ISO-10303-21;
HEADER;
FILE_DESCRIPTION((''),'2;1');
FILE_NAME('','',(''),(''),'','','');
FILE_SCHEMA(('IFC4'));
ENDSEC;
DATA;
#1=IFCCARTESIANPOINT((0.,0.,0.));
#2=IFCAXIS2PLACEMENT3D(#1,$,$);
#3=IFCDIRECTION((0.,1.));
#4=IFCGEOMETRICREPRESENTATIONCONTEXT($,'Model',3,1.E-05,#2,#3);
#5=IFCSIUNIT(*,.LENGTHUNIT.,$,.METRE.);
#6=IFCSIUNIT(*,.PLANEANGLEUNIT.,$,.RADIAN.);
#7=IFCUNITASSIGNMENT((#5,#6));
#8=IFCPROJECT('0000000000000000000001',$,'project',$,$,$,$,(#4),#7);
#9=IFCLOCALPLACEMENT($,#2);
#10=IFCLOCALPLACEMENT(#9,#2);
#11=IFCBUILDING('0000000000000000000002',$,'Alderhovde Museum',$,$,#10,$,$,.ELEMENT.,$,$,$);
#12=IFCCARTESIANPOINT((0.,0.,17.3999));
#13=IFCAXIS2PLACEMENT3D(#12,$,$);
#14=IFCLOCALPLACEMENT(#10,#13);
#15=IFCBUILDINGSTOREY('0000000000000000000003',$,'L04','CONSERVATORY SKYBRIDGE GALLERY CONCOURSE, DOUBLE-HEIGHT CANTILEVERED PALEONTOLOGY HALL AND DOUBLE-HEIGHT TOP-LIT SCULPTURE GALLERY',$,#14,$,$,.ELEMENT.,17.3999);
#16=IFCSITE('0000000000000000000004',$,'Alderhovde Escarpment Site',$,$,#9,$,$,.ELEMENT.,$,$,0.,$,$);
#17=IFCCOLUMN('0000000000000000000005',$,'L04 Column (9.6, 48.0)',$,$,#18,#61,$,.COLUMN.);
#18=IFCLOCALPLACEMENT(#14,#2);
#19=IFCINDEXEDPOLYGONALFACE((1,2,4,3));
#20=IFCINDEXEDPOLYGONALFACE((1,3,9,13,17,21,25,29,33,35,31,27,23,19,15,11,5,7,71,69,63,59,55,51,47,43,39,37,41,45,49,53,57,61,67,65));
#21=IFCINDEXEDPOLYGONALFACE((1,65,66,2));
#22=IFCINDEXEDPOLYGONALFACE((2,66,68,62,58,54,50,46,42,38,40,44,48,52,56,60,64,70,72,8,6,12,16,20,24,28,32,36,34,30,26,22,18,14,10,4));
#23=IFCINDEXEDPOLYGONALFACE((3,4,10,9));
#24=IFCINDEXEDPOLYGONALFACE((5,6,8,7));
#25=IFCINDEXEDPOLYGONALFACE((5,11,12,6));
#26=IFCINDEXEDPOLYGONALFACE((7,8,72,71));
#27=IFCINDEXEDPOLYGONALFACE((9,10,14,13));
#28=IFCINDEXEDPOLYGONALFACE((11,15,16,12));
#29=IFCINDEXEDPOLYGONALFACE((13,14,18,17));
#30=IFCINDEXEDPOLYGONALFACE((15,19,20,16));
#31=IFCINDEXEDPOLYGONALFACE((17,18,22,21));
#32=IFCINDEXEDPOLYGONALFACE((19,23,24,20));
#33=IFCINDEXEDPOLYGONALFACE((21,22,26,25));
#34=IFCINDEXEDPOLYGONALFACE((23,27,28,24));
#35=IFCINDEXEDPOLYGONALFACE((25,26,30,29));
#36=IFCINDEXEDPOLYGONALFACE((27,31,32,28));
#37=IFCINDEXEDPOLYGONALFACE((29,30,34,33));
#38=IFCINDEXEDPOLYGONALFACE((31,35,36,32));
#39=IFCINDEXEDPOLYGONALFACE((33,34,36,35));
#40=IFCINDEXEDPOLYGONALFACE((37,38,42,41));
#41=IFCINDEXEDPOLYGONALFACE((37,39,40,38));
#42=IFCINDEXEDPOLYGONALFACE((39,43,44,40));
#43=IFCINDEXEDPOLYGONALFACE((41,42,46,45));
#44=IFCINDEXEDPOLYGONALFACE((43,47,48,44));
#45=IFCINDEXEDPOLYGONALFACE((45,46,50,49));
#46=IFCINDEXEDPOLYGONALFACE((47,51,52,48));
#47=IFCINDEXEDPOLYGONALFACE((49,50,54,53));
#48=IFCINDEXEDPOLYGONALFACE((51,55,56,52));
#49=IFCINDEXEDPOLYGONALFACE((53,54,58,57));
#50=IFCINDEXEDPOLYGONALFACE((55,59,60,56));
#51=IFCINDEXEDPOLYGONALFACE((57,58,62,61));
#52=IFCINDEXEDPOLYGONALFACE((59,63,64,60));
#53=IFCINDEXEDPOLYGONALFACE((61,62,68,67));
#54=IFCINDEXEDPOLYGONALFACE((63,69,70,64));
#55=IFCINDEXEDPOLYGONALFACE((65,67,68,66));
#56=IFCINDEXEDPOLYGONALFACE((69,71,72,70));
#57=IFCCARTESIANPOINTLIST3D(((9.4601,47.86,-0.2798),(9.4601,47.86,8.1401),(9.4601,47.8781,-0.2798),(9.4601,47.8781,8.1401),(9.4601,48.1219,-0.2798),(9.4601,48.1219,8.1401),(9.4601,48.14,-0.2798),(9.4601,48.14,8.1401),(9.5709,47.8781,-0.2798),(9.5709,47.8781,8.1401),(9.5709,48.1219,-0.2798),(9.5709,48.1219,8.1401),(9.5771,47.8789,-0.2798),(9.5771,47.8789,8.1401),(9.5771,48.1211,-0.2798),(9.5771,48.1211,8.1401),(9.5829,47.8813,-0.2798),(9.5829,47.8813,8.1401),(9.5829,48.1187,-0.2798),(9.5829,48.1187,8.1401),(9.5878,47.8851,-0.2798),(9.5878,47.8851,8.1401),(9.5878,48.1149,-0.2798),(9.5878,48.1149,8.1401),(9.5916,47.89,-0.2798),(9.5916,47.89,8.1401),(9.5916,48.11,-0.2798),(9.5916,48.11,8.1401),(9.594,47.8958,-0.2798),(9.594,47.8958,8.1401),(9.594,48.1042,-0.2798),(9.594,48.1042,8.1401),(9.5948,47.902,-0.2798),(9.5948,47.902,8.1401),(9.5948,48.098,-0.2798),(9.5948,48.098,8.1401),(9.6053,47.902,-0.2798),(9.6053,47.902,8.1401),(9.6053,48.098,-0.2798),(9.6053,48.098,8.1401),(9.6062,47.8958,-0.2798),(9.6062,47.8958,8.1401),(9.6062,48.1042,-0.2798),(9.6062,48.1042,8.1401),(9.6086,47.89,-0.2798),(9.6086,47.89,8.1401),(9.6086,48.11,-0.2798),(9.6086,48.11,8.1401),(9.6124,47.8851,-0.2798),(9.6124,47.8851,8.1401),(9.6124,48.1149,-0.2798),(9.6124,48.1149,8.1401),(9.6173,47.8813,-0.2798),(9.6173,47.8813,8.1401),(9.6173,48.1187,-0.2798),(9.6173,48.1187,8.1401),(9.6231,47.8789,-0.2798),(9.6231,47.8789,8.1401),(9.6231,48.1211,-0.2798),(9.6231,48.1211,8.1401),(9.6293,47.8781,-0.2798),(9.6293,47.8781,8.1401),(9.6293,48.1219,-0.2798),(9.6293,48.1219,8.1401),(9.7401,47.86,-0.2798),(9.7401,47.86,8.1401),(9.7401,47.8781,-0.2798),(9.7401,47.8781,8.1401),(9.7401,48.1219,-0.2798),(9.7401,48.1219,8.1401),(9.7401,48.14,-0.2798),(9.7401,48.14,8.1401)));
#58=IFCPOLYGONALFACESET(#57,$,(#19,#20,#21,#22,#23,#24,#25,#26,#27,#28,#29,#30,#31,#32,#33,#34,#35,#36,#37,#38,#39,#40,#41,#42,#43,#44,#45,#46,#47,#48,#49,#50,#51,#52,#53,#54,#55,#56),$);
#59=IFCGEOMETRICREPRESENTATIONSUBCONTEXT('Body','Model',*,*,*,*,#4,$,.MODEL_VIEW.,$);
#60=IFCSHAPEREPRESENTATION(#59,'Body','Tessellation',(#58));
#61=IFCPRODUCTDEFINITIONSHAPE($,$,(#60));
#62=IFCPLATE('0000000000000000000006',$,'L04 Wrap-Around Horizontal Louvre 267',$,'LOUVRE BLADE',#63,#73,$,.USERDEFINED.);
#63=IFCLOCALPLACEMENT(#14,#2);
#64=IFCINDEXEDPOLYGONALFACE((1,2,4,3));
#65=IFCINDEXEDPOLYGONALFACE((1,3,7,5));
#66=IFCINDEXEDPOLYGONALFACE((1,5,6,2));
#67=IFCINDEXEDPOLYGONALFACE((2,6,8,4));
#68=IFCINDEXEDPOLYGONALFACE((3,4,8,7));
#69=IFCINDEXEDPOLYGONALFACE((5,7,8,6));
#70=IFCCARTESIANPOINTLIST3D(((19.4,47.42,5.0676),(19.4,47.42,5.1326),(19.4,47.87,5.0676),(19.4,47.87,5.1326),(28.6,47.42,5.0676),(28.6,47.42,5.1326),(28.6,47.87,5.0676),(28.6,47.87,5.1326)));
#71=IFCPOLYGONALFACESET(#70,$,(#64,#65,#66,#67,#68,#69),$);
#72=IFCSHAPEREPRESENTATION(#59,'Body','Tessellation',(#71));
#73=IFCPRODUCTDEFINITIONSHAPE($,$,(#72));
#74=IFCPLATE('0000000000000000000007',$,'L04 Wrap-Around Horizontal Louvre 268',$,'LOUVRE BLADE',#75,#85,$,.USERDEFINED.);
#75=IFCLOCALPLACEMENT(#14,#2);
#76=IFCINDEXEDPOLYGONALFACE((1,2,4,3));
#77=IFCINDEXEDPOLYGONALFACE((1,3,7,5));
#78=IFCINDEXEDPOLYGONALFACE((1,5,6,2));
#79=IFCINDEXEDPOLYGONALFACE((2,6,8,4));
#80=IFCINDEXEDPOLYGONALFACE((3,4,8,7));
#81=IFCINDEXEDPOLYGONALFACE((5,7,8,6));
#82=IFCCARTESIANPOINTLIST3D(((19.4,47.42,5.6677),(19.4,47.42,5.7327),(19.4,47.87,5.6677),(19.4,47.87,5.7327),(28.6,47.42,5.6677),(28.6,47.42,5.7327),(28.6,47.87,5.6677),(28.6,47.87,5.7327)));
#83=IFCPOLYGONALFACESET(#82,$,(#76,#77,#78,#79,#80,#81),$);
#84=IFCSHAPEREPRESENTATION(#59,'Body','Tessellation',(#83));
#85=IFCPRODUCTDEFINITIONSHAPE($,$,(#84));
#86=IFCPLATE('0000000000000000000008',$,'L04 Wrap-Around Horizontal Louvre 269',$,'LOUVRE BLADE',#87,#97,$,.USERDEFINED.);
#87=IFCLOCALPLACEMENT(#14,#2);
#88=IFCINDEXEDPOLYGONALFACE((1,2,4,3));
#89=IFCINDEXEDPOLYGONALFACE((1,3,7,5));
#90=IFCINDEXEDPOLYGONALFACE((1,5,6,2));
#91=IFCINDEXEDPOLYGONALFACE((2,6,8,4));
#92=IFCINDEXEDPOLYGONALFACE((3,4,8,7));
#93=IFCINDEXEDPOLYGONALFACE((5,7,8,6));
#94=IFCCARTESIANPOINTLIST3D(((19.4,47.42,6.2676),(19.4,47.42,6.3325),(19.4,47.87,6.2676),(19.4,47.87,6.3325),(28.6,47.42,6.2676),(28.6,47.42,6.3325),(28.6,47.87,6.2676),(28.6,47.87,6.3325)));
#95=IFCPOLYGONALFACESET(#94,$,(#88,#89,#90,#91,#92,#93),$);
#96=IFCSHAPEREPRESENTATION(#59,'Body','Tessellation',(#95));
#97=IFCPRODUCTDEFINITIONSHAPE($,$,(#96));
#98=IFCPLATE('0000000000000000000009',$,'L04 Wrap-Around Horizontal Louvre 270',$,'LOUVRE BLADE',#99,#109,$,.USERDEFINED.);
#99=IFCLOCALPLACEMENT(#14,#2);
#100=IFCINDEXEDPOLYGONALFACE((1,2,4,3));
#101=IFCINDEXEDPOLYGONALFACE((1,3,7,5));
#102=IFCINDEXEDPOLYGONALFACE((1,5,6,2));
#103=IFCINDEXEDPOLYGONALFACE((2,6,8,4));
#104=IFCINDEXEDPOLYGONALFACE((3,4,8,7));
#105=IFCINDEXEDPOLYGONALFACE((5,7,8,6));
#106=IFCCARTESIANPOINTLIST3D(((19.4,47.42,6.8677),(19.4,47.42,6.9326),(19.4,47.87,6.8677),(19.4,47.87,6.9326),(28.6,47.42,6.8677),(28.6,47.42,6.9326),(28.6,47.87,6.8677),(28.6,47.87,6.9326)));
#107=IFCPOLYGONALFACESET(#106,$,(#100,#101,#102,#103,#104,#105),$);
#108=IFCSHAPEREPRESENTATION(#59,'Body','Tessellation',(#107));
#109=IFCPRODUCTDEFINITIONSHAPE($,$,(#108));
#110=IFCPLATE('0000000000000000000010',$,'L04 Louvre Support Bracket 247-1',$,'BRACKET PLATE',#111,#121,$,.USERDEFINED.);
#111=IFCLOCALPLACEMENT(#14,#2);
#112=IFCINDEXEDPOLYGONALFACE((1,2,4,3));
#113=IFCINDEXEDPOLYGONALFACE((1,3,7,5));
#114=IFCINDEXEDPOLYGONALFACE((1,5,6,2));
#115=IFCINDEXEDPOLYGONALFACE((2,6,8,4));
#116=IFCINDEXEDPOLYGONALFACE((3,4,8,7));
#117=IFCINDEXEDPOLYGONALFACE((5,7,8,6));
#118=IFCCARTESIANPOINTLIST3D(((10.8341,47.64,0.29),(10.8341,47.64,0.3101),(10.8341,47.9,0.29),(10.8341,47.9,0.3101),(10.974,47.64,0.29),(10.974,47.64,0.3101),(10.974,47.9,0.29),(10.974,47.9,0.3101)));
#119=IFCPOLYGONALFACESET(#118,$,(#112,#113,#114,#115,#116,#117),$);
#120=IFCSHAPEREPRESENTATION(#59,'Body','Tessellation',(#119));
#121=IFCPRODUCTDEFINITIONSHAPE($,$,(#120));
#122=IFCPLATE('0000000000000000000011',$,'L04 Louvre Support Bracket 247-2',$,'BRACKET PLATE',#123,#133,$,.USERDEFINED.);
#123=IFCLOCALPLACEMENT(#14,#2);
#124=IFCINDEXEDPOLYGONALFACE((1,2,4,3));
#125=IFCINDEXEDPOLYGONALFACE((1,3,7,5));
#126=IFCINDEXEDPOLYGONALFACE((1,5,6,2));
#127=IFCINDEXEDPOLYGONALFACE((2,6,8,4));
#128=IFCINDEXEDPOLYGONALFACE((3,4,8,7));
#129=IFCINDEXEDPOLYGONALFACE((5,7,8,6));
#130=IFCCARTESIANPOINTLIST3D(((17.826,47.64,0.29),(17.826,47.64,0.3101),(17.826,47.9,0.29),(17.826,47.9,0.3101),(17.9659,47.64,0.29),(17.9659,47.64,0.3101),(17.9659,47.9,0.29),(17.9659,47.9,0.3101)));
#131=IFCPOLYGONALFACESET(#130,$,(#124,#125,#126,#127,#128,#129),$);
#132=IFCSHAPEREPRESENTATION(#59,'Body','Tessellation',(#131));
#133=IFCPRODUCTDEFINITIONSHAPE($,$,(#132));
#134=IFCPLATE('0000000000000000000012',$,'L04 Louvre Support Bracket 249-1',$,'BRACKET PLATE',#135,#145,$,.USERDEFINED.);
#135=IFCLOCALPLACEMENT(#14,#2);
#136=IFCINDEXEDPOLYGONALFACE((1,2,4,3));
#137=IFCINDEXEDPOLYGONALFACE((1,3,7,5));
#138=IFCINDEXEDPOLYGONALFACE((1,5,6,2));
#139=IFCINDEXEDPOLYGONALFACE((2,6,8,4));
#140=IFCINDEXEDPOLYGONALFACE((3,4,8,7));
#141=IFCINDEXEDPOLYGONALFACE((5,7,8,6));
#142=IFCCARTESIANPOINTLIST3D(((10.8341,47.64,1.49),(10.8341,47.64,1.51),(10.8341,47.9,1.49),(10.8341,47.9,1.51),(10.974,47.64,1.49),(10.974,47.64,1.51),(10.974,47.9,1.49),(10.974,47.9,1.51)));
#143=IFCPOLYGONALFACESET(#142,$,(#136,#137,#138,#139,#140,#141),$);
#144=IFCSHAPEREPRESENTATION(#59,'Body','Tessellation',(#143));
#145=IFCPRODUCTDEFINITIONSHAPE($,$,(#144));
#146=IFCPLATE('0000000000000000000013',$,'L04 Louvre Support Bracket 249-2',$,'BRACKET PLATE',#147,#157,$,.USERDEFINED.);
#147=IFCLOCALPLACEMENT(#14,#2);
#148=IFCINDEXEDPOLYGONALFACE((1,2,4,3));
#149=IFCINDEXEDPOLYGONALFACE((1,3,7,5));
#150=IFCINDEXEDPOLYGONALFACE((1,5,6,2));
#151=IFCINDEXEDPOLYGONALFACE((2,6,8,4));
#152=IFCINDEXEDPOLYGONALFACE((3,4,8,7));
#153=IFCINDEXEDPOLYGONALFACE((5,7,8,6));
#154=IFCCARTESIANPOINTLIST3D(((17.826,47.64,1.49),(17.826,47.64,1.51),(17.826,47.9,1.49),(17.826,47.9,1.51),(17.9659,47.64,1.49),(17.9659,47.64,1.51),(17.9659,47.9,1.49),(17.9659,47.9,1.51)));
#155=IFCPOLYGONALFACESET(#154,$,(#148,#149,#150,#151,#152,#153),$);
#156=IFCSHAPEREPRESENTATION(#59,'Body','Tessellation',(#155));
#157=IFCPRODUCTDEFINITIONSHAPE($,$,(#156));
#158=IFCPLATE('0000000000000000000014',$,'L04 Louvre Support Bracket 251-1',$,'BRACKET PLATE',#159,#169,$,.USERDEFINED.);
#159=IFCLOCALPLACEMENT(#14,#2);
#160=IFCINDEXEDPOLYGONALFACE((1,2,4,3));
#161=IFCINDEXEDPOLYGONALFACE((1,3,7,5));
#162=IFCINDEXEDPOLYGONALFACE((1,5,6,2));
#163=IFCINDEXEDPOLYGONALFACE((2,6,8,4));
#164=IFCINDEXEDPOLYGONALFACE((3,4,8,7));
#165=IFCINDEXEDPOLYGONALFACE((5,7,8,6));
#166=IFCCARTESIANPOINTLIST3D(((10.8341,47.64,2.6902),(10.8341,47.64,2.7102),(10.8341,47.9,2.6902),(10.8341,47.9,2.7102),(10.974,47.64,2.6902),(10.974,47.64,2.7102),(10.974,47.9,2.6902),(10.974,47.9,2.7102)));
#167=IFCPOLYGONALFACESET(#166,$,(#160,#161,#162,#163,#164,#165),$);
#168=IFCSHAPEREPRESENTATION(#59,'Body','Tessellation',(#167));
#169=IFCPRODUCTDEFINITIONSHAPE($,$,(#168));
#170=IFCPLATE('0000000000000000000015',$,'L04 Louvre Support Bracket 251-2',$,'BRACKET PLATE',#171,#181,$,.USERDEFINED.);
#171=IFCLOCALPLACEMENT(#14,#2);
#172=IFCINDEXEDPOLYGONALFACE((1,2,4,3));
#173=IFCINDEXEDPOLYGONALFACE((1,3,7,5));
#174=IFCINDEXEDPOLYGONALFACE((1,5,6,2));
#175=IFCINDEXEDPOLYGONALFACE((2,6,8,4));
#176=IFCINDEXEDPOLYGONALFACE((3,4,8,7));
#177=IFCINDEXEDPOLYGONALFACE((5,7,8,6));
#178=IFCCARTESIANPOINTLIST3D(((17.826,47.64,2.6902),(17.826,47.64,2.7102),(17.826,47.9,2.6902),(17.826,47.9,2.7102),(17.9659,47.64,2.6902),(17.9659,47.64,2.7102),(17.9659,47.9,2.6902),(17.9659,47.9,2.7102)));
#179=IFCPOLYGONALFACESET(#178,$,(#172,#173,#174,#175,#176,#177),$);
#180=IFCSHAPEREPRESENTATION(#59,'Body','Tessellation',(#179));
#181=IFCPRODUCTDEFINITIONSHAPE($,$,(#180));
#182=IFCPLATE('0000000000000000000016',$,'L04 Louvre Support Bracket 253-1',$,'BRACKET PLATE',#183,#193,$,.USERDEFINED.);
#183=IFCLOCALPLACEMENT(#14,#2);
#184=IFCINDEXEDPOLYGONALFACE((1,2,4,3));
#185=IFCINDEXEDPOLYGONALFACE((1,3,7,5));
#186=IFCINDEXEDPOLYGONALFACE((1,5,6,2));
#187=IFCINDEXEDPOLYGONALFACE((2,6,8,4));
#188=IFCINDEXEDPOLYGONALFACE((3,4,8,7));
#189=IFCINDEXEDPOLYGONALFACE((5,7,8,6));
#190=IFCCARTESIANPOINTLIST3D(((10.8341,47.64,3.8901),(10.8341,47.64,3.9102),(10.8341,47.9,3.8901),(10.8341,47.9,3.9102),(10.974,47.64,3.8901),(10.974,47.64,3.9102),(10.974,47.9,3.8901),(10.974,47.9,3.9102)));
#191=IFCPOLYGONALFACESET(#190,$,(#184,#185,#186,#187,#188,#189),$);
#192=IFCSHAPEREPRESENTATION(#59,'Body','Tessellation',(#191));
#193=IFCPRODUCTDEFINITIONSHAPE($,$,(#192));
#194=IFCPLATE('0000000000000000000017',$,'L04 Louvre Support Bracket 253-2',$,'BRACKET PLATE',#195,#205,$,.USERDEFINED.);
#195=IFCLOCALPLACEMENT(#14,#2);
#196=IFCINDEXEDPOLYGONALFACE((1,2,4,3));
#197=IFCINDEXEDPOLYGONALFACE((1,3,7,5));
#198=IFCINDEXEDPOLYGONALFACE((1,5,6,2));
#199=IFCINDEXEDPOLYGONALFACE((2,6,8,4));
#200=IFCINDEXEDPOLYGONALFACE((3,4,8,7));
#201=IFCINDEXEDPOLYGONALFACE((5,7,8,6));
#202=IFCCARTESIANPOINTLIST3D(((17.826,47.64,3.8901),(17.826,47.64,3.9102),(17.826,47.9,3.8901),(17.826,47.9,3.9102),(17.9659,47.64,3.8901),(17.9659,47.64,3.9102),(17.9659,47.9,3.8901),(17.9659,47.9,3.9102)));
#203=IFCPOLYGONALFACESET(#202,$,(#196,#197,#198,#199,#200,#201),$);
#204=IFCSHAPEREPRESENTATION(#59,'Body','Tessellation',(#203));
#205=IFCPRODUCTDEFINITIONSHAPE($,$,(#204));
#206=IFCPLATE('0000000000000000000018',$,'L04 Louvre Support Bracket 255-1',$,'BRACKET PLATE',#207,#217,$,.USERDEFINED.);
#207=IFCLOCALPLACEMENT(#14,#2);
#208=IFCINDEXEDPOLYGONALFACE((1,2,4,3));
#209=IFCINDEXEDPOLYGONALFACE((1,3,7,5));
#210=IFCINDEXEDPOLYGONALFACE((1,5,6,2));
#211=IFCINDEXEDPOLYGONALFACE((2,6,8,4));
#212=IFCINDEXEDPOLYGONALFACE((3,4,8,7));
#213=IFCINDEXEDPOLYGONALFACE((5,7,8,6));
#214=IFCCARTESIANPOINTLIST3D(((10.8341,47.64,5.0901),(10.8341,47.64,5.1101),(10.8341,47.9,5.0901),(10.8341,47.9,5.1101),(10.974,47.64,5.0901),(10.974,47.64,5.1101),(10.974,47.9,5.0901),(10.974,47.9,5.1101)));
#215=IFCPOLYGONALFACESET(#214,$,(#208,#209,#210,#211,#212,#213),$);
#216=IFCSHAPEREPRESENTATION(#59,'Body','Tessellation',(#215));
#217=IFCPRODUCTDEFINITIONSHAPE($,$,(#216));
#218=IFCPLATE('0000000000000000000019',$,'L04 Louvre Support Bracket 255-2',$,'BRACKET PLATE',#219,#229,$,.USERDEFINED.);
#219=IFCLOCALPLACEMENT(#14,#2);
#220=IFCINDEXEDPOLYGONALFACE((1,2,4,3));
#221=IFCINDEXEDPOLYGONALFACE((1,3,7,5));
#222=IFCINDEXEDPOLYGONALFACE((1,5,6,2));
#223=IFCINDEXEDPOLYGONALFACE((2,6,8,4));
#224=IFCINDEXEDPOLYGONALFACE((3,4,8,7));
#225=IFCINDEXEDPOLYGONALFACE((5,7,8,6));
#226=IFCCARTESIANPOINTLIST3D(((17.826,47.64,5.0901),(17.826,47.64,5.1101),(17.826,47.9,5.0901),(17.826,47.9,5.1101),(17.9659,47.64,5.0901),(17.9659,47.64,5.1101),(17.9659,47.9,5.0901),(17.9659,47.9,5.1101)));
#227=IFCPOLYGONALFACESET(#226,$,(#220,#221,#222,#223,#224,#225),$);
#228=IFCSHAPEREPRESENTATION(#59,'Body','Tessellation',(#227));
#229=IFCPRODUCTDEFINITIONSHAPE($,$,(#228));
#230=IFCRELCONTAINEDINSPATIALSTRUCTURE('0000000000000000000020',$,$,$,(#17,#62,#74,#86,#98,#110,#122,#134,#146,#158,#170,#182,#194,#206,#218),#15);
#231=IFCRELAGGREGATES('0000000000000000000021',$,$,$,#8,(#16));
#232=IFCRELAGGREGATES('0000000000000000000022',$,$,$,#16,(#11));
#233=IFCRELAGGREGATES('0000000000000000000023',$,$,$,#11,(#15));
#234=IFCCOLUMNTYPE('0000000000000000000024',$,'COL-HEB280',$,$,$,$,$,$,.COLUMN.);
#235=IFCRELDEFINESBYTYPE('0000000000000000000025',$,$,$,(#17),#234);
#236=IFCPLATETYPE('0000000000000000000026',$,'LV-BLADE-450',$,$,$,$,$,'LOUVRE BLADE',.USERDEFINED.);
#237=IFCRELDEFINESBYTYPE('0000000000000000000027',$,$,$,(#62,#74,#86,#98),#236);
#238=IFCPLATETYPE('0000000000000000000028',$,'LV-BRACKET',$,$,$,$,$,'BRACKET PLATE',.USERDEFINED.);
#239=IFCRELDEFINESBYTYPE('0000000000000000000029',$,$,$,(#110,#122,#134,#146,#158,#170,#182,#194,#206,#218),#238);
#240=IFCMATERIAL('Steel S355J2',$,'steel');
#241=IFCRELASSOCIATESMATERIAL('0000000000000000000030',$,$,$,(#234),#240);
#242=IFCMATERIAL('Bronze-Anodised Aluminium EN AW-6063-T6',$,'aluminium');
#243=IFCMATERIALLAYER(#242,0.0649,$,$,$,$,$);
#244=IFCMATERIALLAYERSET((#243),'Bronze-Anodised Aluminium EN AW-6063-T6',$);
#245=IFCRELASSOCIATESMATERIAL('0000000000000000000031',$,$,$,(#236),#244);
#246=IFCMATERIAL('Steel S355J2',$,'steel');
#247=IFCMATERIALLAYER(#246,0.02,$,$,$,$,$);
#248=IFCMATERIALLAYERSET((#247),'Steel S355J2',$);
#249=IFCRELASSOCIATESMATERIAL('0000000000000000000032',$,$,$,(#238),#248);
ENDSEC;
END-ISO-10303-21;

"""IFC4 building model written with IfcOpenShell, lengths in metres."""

from ifc_helpers import new_model, si_unit, direction, frame, origin, origin_2d, place, context, subcontext, project, spatial, rectangle, i_section, extrude, material, layer, layer_set, material_profile, profile_set, type_object, element, save


model = new_model("IFC4")

# Units and contexts
model_context = context("Model", 3, precision=1e-05, world=origin(), true_north=direction((0.0, 1.0)))
body_context = subcontext(model_context, "Body", "Model", "MODEL_VIEW")
ifc_project = project(units=[si_unit("LENGTHUNIT", "METRE"), si_unit("PLANEANGLEUNIT", "RADIAN")], contexts=[model_context])

# Site, building, storey
site_placement = place(None, origin())
site = spatial("IfcSite", under=ifc_project, at=site_placement, Name="Alderhovde Escarpment Site", CompositionType="ELEMENT", RefElevation=0.0)
building_placement = place(site_placement, origin())
building = spatial("IfcBuilding", under=site, at=building_placement, Name="Alderhovde Museum", CompositionType="ELEMENT")
storey_placement = place(building_placement, frame((0.0, 0.0, 17.3999)))
storey = spatial("IfcBuildingStorey", under=building, at=storey_placement, Name="L04", Description="CONSERVATORY SKYBRIDGE GALLERY CONCOURSE, DOUBLE-HEIGHT CANTILEVERED PALEONTOLOGY HALL AND DOUBLE-HEIGHT TOP-LIT SCULPTURE GALLERY", CompositionType="ELEMENT", Elevation=17.3999)

# Column
ifc_material_1 = material(Name="Steel S355J2", Category="steel")
ifc_material_profile = material_profile(ifc_material_1, i_section(OverallWidth=0.28, OverallDepth=0.28, WebThickness=0.0105, FlangeThickness=0.0181, FilletRadius=0.0239, at=origin_2d()), Name="HEB 280")
ifc_profile_set = profile_set([ifc_material_profile], Name="Steel S355J2")
column_type = type_object("IfcColumnType", Name="COL-HEB280", PredefinedType="COLUMN", material=ifc_profile_set)
column_placement = place(storey_placement, frame((9.6001, 48.0, -0.2798), z_axis=(0.0, 0.0, 1.0), x_axis=(1.0, 0.0, 0.0)))
element("IfcColumn", 1, at=column_placement, inside=storey, type_object=column_type, Name="L04 Column (9.6, 48.0)", PredefinedType="COLUMN", context=body_context, shape_type="SweptSolid", body=[
    extrude(i_section(OverallWidth=0.28, OverallDepth=0.28, WebThickness=0.0105, FlangeThickness=0.0181, FilletRadius=0.0239, at=origin_2d()), origin(), (0.0, 0.0, 1.0), 8.4199),
])

# Plates
ifc_material_2 = material(Name="Bronze-Anodised Aluminium EN AW-6063-T6", Category="aluminium")
ifc_layer_1 = layer(ifc_material_2, 0.0649)
ifc_layer_set_1 = layer_set([ifc_layer_1], Name="Bronze-Anodised Aluminium EN AW-6063-T6")
plate_type_1 = type_object("IfcPlateType", Name="LV-BLADE-450", ElementType="LOUVRE BLADE", PredefinedType="USERDEFINED", material=ifc_layer_set_1)
for number, where, z_axis, x_axis, name in (
    (2, (24.0, 47.645, 5.0676), (0.0, 0.0, 1.0), (1.0, 0.0, 0.0), "L04 Wrap-Around Horizontal Louvre 267"),
    (3, (24.0, 47.645, 5.6677), (0.0, 0.0, 1.0), (1.0, 0.0, 0.0), "L04 Wrap-Around Horizontal Louvre 268"),
    (4, (24.0, 47.645, 6.2676), (0.0, 0.0, 1.0), (1.0, 0.0, 0.0), "L04 Wrap-Around Horizontal Louvre 269"),
    (5, (24.0, 47.645, 6.8677), (0.0, 0.0, 1.0), (1.0, 0.0, 0.0), "L04 Wrap-Around Horizontal Louvre 270"),
):
    element("IfcPlate", number, at=place(storey_placement, frame(where, z_axis=z_axis, x_axis=x_axis)), inside=storey, type_object=plate_type_1, Name=name, ObjectType="LOUVRE BLADE", PredefinedType="USERDEFINED", context=body_context, shape_type="SweptSolid", body=[
        extrude(rectangle(XDim=9.2, YDim=0.45, at=origin_2d()), origin(), (0.0, 0.0, 1.0), 0.0649),
    ])
ifc_material_3 = material(Name="Steel S355J2", Category="steel")
ifc_layer_2 = layer(ifc_material_3, 0.02)
ifc_layer_set_2 = layer_set([ifc_layer_2], Name="Steel S355J2")
plate_type_2 = type_object("IfcPlateType", Name="LV-BRACKET", ElementType="BRACKET PLATE", PredefinedType="USERDEFINED", material=ifc_layer_set_2)
for number, where, z_axis, x_axis, name in (
    (6, (10.9041, 47.77, 0.29), (0.0, 0.0, 1.0), (1.0, 0.0, 0.0), "L04 Louvre Support Bracket 247-1"),
    (7, (17.896, 47.77, 0.29), (0.0, 0.0, 1.0), (1.0, 0.0, 0.0), "L04 Louvre Support Bracket 247-2"),
    (8, (10.9041, 47.77, 1.49), (0.0, 0.0, 1.0), (1.0, 0.0, 0.0), "L04 Louvre Support Bracket 249-1"),
    (9, (17.896, 47.77, 1.49), (0.0, 0.0, 1.0), (1.0, 0.0, 0.0), "L04 Louvre Support Bracket 249-2"),
    (10, (10.9041, 47.77, 2.6902), (0.0, 0.0, 1.0), (1.0, 0.0, 0.0), "L04 Louvre Support Bracket 251-1"),
    (11, (17.896, 47.77, 2.6902), (0.0, 0.0, 1.0), (1.0, 0.0, 0.0), "L04 Louvre Support Bracket 251-2"),
    (12, (10.9041, 47.77, 3.8901), (0.0, 0.0, 1.0), (1.0, 0.0, 0.0), "L04 Louvre Support Bracket 253-1"),
    (13, (17.896, 47.77, 3.8901), (0.0, 0.0, 1.0), (1.0, 0.0, 0.0), "L04 Louvre Support Bracket 253-2"),
    (14, (10.9041, 47.77, 5.0901), (0.0, 0.0, 1.0), (1.0, 0.0, 0.0), "L04 Louvre Support Bracket 255-1"),
    (15, (17.896, 47.77, 5.0901), (0.0, 0.0, 1.0), (1.0, 0.0, 0.0), "L04 Louvre Support Bracket 255-2"),
):
    element("IfcPlate", number, at=place(storey_placement, frame(where, z_axis=z_axis, x_axis=x_axis)), inside=storey, type_object=plate_type_2, Name=name, ObjectType="BRACKET PLATE", PredefinedType="USERDEFINED", context=body_context, shape_type="SweptSolid", body=[
        extrude(rectangle(XDim=0.1399, YDim=0.26, at=origin_2d()), origin(), (0.0, 0.0, 1.0), 0.02),
    ])

save(model, "model.ifc")
